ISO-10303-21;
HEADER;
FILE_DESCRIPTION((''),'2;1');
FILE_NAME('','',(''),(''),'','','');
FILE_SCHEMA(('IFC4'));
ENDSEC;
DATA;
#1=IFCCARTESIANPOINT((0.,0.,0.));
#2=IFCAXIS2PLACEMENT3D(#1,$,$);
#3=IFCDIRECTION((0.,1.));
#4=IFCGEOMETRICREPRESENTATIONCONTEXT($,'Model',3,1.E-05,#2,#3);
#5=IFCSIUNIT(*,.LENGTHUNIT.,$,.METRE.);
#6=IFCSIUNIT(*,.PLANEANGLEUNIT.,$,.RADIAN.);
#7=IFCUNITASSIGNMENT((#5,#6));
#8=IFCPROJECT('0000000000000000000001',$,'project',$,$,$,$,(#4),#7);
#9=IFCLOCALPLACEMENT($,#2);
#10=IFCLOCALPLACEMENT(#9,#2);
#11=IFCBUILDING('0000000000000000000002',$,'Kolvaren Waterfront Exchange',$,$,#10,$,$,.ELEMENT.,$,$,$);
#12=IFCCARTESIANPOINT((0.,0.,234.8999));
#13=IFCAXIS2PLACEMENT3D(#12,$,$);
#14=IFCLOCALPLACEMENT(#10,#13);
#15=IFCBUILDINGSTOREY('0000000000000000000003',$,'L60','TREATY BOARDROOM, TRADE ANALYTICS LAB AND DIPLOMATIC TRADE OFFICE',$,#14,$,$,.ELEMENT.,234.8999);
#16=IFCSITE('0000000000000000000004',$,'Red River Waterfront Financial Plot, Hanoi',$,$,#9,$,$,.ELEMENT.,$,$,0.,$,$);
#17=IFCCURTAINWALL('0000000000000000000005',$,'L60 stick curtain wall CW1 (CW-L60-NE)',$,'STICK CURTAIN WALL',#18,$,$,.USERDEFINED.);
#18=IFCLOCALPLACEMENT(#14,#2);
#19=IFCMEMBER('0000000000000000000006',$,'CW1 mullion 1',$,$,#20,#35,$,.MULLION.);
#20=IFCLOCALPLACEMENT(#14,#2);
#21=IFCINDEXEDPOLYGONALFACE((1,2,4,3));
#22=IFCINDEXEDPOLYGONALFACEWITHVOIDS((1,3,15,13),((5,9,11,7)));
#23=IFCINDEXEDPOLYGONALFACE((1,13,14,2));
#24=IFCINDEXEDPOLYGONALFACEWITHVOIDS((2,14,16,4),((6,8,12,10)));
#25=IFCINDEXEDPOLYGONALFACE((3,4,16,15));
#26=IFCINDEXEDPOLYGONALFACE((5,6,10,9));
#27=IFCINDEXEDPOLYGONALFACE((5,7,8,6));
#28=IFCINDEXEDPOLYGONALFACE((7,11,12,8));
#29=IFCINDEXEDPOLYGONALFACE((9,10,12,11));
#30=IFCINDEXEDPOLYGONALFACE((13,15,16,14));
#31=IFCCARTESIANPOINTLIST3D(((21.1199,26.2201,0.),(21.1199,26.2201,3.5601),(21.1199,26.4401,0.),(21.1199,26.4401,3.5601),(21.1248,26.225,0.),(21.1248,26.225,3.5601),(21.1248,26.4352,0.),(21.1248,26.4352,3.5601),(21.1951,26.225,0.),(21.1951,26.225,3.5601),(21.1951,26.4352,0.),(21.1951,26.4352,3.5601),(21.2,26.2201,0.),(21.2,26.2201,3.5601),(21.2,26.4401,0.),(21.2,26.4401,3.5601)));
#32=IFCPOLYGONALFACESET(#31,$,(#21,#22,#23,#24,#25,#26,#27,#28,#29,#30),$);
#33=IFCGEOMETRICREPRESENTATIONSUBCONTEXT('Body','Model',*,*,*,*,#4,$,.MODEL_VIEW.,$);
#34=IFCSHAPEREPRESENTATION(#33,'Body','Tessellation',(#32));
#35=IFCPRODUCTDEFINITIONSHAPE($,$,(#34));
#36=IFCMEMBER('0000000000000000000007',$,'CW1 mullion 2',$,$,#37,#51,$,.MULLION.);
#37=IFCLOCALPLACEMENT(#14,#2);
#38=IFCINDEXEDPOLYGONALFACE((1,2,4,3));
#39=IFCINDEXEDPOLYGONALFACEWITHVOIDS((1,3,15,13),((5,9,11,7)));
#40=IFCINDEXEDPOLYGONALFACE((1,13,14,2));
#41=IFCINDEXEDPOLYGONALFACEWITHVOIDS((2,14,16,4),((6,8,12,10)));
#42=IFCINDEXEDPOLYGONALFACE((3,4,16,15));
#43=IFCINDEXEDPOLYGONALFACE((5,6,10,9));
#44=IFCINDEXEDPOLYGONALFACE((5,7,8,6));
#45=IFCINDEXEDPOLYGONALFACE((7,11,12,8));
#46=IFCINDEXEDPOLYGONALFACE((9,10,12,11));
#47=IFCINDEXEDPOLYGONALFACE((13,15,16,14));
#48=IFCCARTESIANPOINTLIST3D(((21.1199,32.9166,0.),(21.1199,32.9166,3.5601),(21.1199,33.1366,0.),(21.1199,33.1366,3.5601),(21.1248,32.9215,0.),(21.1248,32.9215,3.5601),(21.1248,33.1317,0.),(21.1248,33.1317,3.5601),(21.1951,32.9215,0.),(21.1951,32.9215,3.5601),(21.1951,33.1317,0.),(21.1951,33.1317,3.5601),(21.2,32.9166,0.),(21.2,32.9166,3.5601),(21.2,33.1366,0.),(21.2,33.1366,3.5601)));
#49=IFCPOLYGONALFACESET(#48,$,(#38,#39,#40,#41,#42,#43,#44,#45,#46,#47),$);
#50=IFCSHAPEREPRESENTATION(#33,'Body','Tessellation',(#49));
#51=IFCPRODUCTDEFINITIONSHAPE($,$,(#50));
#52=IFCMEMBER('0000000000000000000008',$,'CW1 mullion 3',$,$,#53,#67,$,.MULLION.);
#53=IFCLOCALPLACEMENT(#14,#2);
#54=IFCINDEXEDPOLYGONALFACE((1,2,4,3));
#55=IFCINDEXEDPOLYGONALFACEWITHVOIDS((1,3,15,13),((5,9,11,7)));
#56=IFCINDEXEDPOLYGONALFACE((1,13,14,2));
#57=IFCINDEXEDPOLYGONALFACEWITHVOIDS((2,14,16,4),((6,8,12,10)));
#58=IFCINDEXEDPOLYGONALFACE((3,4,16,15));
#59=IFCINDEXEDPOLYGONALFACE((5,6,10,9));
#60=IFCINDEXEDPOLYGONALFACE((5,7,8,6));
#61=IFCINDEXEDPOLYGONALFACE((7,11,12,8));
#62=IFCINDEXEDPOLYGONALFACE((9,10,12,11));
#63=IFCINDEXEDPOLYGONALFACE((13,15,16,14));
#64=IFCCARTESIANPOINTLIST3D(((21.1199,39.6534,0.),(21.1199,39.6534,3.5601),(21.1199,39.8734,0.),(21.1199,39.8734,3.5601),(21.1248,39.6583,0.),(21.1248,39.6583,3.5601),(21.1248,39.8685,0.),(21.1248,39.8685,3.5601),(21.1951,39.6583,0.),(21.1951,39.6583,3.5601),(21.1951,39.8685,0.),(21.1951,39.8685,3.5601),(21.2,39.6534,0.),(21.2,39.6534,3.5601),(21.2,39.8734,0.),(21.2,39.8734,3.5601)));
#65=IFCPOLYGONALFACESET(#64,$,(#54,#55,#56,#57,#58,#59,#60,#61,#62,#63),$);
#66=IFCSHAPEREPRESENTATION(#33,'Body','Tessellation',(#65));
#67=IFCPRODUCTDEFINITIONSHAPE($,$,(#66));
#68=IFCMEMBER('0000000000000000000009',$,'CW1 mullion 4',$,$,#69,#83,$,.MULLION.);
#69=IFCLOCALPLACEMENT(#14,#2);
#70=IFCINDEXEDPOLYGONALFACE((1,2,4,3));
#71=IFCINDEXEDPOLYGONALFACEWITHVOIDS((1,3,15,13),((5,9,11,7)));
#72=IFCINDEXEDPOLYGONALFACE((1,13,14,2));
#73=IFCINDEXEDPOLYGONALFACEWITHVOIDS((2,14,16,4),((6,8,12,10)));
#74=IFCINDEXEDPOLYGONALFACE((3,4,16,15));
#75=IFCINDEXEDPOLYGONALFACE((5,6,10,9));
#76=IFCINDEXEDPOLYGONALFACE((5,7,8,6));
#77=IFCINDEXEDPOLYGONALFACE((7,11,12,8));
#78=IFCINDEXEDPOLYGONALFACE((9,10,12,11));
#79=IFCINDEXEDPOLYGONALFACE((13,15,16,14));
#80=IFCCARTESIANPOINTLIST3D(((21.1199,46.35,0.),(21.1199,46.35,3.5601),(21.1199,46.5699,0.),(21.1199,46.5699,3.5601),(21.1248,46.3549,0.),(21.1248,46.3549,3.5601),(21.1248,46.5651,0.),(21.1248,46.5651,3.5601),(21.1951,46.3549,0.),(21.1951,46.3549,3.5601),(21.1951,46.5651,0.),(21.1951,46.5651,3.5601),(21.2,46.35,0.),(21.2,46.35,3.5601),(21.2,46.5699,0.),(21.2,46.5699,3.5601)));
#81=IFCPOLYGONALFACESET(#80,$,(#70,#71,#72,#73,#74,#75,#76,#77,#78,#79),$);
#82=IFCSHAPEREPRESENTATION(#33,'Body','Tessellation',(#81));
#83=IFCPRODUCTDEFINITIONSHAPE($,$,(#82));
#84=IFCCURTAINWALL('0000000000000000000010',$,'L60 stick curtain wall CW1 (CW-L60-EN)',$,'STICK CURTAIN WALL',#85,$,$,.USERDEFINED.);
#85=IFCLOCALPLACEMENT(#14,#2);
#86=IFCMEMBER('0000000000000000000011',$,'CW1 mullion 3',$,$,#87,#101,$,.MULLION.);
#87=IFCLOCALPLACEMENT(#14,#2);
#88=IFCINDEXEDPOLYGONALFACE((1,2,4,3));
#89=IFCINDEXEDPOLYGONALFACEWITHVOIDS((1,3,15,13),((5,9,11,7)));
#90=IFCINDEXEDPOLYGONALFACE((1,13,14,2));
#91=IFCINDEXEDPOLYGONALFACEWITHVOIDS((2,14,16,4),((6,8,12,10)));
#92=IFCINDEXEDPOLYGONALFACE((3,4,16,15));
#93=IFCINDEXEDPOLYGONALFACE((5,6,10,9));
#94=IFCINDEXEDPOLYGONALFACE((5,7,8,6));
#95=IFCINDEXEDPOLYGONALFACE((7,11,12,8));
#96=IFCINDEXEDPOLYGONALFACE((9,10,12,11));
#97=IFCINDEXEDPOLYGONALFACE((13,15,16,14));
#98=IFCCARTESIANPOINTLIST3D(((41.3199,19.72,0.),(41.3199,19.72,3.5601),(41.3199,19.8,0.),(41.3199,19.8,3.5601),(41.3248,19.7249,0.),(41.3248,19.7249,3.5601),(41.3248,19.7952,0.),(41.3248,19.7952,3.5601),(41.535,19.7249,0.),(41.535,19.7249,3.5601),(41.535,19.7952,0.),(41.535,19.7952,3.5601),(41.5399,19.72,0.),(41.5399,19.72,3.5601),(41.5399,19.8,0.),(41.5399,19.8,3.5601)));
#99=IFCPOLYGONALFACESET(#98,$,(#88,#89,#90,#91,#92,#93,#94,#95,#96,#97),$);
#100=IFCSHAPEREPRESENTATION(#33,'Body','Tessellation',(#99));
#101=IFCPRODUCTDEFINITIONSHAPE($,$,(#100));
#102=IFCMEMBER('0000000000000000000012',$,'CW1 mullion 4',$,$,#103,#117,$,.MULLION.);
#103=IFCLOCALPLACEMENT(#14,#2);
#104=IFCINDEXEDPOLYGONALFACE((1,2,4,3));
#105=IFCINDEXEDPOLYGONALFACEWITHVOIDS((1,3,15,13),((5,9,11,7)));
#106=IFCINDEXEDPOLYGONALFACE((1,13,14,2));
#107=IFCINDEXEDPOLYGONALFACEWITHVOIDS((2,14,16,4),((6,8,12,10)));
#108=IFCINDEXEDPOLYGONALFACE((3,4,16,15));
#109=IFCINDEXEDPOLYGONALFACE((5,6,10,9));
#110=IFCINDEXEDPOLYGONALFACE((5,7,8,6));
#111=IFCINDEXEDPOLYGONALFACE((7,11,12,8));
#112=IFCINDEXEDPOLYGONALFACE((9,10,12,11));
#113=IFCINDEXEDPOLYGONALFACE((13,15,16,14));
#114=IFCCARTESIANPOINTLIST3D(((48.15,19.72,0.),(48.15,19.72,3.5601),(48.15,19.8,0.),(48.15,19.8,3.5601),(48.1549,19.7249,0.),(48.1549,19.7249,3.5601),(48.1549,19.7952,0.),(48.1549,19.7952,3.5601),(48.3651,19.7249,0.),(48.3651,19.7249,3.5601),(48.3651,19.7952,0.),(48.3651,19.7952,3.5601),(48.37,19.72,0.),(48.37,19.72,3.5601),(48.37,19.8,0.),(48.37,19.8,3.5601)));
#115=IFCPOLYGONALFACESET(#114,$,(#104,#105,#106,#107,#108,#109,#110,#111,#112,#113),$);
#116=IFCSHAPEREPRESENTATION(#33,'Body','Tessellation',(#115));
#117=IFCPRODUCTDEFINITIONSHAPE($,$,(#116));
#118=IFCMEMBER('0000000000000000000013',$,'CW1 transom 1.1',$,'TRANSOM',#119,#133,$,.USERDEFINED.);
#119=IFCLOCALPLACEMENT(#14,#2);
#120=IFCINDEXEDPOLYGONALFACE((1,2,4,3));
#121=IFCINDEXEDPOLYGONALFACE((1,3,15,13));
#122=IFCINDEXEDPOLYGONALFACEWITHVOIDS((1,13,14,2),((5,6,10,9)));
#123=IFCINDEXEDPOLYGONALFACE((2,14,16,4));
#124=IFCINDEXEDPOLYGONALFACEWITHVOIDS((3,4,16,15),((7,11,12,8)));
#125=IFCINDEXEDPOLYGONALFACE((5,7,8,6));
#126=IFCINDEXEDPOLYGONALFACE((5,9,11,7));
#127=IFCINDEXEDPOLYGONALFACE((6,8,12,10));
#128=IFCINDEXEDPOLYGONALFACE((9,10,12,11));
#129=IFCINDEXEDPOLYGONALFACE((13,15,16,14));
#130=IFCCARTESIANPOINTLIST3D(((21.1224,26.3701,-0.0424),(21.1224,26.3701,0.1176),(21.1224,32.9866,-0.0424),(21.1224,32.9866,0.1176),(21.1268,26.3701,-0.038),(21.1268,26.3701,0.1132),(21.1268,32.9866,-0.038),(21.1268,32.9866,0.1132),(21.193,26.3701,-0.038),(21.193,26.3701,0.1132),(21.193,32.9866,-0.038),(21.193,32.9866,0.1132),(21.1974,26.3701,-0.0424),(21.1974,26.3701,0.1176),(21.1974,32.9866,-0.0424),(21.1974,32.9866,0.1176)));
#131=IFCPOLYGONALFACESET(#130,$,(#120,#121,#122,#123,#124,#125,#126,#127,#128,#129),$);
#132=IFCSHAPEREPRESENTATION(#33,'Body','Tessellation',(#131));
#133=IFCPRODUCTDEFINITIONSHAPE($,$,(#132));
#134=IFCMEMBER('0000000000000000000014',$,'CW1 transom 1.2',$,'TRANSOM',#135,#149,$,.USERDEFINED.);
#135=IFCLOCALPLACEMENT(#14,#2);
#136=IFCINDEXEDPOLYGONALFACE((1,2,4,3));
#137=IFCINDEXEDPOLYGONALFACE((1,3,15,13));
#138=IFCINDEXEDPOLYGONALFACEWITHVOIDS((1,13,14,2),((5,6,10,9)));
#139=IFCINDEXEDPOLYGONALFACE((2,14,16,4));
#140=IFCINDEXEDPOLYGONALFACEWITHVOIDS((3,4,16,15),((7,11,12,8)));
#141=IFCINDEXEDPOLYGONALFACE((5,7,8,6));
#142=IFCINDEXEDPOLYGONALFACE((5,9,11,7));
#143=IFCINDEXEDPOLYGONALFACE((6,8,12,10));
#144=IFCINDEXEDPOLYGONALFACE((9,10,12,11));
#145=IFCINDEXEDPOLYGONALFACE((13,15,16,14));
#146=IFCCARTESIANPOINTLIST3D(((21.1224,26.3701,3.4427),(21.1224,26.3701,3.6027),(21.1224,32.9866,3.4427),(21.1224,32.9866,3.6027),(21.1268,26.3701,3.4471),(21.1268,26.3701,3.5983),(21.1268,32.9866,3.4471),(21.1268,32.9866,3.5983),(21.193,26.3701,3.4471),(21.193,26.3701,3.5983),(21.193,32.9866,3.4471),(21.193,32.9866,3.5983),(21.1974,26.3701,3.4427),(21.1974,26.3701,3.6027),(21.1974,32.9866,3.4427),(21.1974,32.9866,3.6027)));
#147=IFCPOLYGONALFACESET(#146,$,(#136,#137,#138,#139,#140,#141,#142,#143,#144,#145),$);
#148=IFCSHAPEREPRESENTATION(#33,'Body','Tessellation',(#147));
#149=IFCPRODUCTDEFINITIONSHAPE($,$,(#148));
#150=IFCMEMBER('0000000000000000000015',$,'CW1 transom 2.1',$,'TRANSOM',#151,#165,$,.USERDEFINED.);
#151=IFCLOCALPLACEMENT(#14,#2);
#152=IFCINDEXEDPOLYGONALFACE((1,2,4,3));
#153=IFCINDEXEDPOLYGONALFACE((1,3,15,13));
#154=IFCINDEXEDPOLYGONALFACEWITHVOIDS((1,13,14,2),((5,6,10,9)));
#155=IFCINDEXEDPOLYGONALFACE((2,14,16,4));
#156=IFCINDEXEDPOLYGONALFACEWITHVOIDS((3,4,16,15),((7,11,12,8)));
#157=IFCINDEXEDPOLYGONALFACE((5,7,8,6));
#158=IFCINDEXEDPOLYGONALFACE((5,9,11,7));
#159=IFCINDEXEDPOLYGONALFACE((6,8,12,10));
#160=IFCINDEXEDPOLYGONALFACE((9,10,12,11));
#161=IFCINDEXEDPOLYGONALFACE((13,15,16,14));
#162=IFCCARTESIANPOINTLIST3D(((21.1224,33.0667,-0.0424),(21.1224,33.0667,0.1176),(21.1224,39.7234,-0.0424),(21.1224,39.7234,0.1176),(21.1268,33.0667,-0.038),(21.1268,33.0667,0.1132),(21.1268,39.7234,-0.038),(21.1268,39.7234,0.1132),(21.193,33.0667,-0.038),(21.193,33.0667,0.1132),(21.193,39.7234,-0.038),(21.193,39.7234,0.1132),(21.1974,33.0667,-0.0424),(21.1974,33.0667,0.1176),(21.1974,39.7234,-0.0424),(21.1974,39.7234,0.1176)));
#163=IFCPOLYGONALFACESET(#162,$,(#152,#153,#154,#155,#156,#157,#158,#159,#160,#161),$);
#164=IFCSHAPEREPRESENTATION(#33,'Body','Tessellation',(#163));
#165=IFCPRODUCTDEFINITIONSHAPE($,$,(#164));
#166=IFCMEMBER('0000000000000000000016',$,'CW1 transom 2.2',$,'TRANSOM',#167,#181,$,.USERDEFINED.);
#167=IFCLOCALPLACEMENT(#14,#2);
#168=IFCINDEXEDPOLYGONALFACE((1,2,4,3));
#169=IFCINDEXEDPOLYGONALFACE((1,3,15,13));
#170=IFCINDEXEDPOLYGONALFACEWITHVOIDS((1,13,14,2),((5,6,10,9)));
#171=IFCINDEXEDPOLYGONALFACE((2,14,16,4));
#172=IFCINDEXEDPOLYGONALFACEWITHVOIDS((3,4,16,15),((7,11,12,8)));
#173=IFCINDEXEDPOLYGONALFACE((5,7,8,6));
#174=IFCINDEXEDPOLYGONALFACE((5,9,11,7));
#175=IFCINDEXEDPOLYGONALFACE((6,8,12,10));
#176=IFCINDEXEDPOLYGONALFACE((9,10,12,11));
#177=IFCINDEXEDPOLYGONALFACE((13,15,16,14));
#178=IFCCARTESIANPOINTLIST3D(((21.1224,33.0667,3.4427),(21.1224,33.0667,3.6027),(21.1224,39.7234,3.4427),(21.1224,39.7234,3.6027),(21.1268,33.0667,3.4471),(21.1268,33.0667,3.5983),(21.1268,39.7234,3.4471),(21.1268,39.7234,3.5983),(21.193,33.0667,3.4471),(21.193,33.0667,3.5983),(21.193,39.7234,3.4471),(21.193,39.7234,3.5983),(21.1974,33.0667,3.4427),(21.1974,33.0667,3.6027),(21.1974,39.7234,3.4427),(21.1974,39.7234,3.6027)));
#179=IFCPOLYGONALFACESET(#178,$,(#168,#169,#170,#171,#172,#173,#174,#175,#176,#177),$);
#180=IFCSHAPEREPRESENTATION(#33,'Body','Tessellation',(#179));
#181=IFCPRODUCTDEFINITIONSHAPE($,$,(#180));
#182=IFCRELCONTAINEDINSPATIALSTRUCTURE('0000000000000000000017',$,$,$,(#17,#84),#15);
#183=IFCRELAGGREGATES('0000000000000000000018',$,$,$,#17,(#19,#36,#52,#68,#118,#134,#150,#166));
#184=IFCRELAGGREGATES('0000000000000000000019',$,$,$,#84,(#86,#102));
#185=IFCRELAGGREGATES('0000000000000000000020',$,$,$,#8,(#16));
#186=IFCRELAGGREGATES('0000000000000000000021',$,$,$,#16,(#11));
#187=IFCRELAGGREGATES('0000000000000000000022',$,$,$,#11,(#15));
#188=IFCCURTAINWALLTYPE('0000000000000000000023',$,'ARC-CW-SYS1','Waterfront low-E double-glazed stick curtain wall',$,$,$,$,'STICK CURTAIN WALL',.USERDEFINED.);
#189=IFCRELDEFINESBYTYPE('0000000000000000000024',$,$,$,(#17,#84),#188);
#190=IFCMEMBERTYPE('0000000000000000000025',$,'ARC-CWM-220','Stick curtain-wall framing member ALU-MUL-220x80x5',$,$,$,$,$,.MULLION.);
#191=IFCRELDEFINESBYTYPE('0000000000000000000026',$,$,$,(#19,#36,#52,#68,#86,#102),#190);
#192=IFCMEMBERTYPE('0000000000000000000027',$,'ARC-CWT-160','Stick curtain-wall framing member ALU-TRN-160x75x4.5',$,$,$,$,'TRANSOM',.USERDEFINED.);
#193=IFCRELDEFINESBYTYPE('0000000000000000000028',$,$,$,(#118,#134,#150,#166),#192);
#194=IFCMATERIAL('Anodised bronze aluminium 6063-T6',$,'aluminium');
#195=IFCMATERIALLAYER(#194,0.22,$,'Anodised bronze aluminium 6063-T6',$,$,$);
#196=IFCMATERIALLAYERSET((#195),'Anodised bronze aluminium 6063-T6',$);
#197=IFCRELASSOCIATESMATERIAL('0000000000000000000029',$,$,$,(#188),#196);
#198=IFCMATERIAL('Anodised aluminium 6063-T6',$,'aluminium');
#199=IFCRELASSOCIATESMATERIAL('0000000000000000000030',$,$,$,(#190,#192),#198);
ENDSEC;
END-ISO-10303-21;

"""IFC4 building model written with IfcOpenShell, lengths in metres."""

from ifc_helpers import new_model, si_unit, direction, frame, origin, origin_with_axes, origin_2d, place, context, subcontext, project, spatial, hollow_rectangle, extrude, source, transform, mapped, material, layer, layer_set, material_profile, profile_set, type_object, element, aggregate, save


model = new_model("IFC4")

# Units and contexts
model_context = context("Model", 3, precision=1e-05, world=origin(), true_north=direction((0.0, 1.0)))
body_context = subcontext(model_context, "Body", "Model", "MODEL_VIEW")
ifc_project = project(units=[si_unit("LENGTHUNIT", "METRE"), si_unit("PLANEANGLEUNIT", "RADIAN")], contexts=[model_context])

# Site, building, storey
site_placement = place(None, origin())
site = spatial("IfcSite", under=ifc_project, at=site_placement, Name="Red River Waterfront Financial Plot, Hanoi", CompositionType="ELEMENT", RefElevation=0.0)
building_placement = place(site_placement, origin())
building = spatial("IfcBuilding", under=site, at=building_placement, Name="Kolvaren Waterfront Exchange", CompositionType="ELEMENT")
storey_placement = place(building_placement, frame((0.0, 0.0, 234.8999)))
storey = spatial("IfcBuildingStorey", under=building, at=storey_placement, Name="L60", Description="TREATY BOARDROOM, TRADE ANALYTICS LAB AND DIPLOMATIC TRADE OFFICE", CompositionType="ELEMENT", Elevation=234.8999)

# Curtain walls, members
ifc_material_1 = material(Name="Anodised bronze aluminium 6063-T6", Category="aluminium")
ifc_layer_1 = layer(ifc_material_1, 0.22, Name="Anodised bronze aluminium 6063-T6")
ifc_layer_set_1 = layer_set([ifc_layer_1], Name="Anodised bronze aluminium 6063-T6")
curtain_wall_type = type_object("IfcCurtainWallType", Name="ARC-CW-SYS1", Description="Waterfront low-E double-glazed stick curtain wall", ElementType="STICK CURTAIN WALL", PredefinedType="USERDEFINED", material=ifc_layer_set_1)
curtain_wall_1_placement = place(storey_placement, origin())
curtain_wall_1 = element("IfcCurtainWall", 1, at=curtain_wall_1_placement, inside=storey, type_object=curtain_wall_type, Name="L60 stick curtain wall CW1 (CW-L60-NE)", ObjectType="STICK CURTAIN WALL", PredefinedType="USERDEFINED")
ifc_material_2 = material(Name="Anodised aluminium 6063-T6", Category="aluminium")
ifc_material_profile_1 = material_profile(ifc_material_2, hollow_rectangle(XDim=0.0801, YDim=0.22, WallThickness=0.0049, at=origin_2d()), Name="ALU-MUL-220x80x5")
ifc_profile_set_1 = profile_set([ifc_material_profile_1], Name="Anodised aluminium 6063-T6")
member_type_1 = type_object("IfcMemberType", Name="ARC-CWM-220", Description="Stick curtain-wall framing member ALU-MUL-220x80x5", PredefinedType="MULLION", material=ifc_profile_set_1)
shared_shape_1 = source(origin_with_axes(), body_context, "Body", "SweptSolid", [
    extrude(hollow_rectangle(XDim=0.0801, YDim=0.22, WallThickness=0.0049, at=origin_2d()), origin(), (0.0, 0.0, 1.0), 3.5601),
])
member_1_placement = place(storey_placement, frame((21.1599, 26.3301, 0.0), z_axis=(0.0, 0.0, 1.0), x_axis=(-1.0, 0.0, 0.0)))
member_1 = element("IfcMember", 2, at=member_1_placement, type_object=member_type_1, Name="CW1 mullion 1", PredefinedType="MULLION", context=body_context, shape_type="MappedRepresentation", body=[
    mapped(shared_shape_1, transform((0.0, 0.0, 0.0), x_axis=(1.0, 0.0, 0.0), y_axis=(0.0, 1.0, 0.0), z_axis=(0.0, 0.0, 1.0), scale=1.0)),
])
member_2_placement = place(storey_placement, frame((21.1599, 33.0266, 0.0), z_axis=(0.0, 0.0, 1.0), x_axis=(-1.0, 0.0, 0.0)))
member_2 = element("IfcMember", 3, at=member_2_placement, type_object=member_type_1, Name="CW1 mullion 2", PredefinedType="MULLION", context=body_context, shape_type="MappedRepresentation", body=[
    mapped(shared_shape_1, transform((0.0, 0.0, 0.0), x_axis=(1.0, 0.0, 0.0), y_axis=(0.0, 1.0, 0.0), z_axis=(0.0, 0.0, 1.0), scale=1.0)),
])
member_3_placement = place(storey_placement, frame((21.1599, 39.7634, 0.0), z_axis=(0.0, 0.0, 1.0), x_axis=(-1.0, 0.0, 0.0)))
member_3 = element("IfcMember", 4, at=member_3_placement, type_object=member_type_1, Name="CW1 mullion 3", PredefinedType="MULLION", context=body_context, shape_type="MappedRepresentation", body=[
    mapped(shared_shape_1, transform((0.0, 0.0, 0.0), x_axis=(1.0, 0.0, 0.0), y_axis=(0.0, 1.0, 0.0), z_axis=(0.0, 0.0, 1.0), scale=1.0)),
])
member_4_placement = place(storey_placement, frame((21.1599, 46.46, 0.0), z_axis=(0.0, 0.0, 1.0), x_axis=(-1.0, 0.0, 0.0)))
member_4 = element("IfcMember", 5, at=member_4_placement, type_object=member_type_1, Name="CW1 mullion 4", PredefinedType="MULLION", context=body_context, shape_type="MappedRepresentation", body=[
    mapped(shared_shape_1, transform((0.0, 0.0, 0.0), x_axis=(1.0, 0.0, 0.0), y_axis=(0.0, 1.0, 0.0), z_axis=(0.0, 0.0, 1.0), scale=1.0)),
])
curtain_wall_2_placement = place(storey_placement, origin())
curtain_wall_2 = element("IfcCurtainWall", 6, at=curtain_wall_2_placement, inside=storey, type_object=curtain_wall_type, Name="L60 stick curtain wall CW1 (CW-L60-EN)", ObjectType="STICK CURTAIN WALL", PredefinedType="USERDEFINED")
member_5_placement = place(storey_placement, frame((41.4299, 19.76, 0.0), z_axis=(0.0, 0.0, 1.0), x_axis=(0.0, 1.0, 0.0)))
member_5 = element("IfcMember", 7, at=member_5_placement, type_object=member_type_1, Name="CW1 mullion 3", PredefinedType="MULLION", context=body_context, shape_type="MappedRepresentation", body=[
    mapped(shared_shape_1, transform((0.0, 0.0, 0.0), x_axis=(1.0, 0.0, 0.0), y_axis=(0.0, 1.0, 0.0), z_axis=(0.0, 0.0, 1.0), scale=1.0)),
])
member_6_placement = place(storey_placement, frame((48.26, 19.76, 0.0), z_axis=(0.0, 0.0, 1.0), x_axis=(0.0, 1.0, 0.0)))
member_6 = element("IfcMember", 8, at=member_6_placement, type_object=member_type_1, Name="CW1 mullion 4", PredefinedType="MULLION", context=body_context, shape_type="MappedRepresentation", body=[
    mapped(shared_shape_1, transform((0.0, 0.0, 0.0), x_axis=(1.0, 0.0, 0.0), y_axis=(0.0, 1.0, 0.0), z_axis=(0.0, 0.0, 1.0), scale=1.0)),
])

# Members
ifc_material_profile_2 = material_profile(ifc_material_2, hollow_rectangle(XDim=0.075, YDim=0.1599, WallThickness=0.0044, at=origin_2d()), Name="ALU-TRN-160x75x4.5")
ifc_profile_set_2 = profile_set([ifc_material_profile_2], Name="Anodised aluminium 6063-T6")
member_type_2 = type_object("IfcMemberType", Name="ARC-CWT-160", Description="Stick curtain-wall framing member ALU-TRN-160x75x4.5", ElementType="TRANSOM", PredefinedType="USERDEFINED", material=ifc_profile_set_2)
shared_shape_2 = source(origin_with_axes(), body_context, "Body", "SweptSolid", [
    extrude(hollow_rectangle(XDim=0.075, YDim=0.1599, WallThickness=0.0044, at=origin_2d()), origin(), (0.0, 0.0, 1.0), 6.6165),
])
member_7_placement = place(storey_placement, frame((21.1599, 26.3701, 0.0376), z_axis=(0.0, 1.0, 0.0), x_axis=(-1.0, 0.0, 0.0)))
member_7 = element("IfcMember", 9, at=member_7_placement, type_object=member_type_2, Name="CW1 transom 1.1", ObjectType="TRANSOM", PredefinedType="USERDEFINED", context=body_context, shape_type="MappedRepresentation", body=[
    mapped(shared_shape_2, transform((0.0, 0.0, 0.0), x_axis=(1.0, 0.0, 0.0), y_axis=(0.0, 1.0, 0.0), z_axis=(0.0, 0.0, 1.0), scale=1.0)),
])
member_8_placement = place(storey_placement, frame((21.1599, 26.3701, 3.5227), z_axis=(0.0, 1.0, 0.0), x_axis=(-1.0, 0.0, 0.0)))
member_8 = element("IfcMember", 10, at=member_8_placement, type_object=member_type_2, Name="CW1 transom 1.2", ObjectType="TRANSOM", PredefinedType="USERDEFINED", context=body_context, shape_type="MappedRepresentation", body=[
    mapped(shared_shape_2, transform((0.0, 0.0, 0.0), x_axis=(1.0, 0.0, 0.0), y_axis=(0.0, 1.0, 0.0), z_axis=(0.0, 0.0, 1.0), scale=1.0)),
])
shared_shape_3 = source(origin_with_axes(), body_context, "Body", "SweptSolid", [
    extrude(hollow_rectangle(XDim=0.075, YDim=0.1599, WallThickness=0.0044, at=origin_2d()), origin(), (0.0, 0.0, 1.0), 6.6567),
])
member_9_placement = place(storey_placement, frame((21.1599, 33.0667, 0.0376), z_axis=(0.0, 1.0, 0.0), x_axis=(-1.0, 0.0, 0.0)))
member_9 = element("IfcMember", 11, at=member_9_placement, type_object=member_type_2, Name="CW1 transom 2.1", ObjectType="TRANSOM", PredefinedType="USERDEFINED", context=body_context, shape_type="MappedRepresentation", body=[
    mapped(shared_shape_3, transform((0.0, 0.0, 0.0), x_axis=(1.0, 0.0, 0.0), y_axis=(0.0, 1.0, 0.0), z_axis=(0.0, 0.0, 1.0), scale=1.0)),
])
member_10_placement = place(storey_placement, frame((21.1599, 33.0667, 3.5227), z_axis=(0.0, 1.0, 0.0), x_axis=(-1.0, 0.0, 0.0)))
member_10 = element("IfcMember", 12, at=member_10_placement, type_object=member_type_2, Name="CW1 transom 2.2", ObjectType="TRANSOM", PredefinedType="USERDEFINED", context=body_context, shape_type="MappedRepresentation", body=[
    mapped(shared_shape_3, transform((0.0, 0.0, 0.0), x_axis=(1.0, 0.0, 0.0), y_axis=(0.0, 1.0, 0.0), z_axis=(0.0, 0.0, 1.0), scale=1.0)),
])

aggregate(curtain_wall_1, [member_1, member_2, member_3, member_4, member_7, member_8, member_9, member_10])
aggregate(curtain_wall_2, [member_5, member_6])

save(model, "model.ifc")
